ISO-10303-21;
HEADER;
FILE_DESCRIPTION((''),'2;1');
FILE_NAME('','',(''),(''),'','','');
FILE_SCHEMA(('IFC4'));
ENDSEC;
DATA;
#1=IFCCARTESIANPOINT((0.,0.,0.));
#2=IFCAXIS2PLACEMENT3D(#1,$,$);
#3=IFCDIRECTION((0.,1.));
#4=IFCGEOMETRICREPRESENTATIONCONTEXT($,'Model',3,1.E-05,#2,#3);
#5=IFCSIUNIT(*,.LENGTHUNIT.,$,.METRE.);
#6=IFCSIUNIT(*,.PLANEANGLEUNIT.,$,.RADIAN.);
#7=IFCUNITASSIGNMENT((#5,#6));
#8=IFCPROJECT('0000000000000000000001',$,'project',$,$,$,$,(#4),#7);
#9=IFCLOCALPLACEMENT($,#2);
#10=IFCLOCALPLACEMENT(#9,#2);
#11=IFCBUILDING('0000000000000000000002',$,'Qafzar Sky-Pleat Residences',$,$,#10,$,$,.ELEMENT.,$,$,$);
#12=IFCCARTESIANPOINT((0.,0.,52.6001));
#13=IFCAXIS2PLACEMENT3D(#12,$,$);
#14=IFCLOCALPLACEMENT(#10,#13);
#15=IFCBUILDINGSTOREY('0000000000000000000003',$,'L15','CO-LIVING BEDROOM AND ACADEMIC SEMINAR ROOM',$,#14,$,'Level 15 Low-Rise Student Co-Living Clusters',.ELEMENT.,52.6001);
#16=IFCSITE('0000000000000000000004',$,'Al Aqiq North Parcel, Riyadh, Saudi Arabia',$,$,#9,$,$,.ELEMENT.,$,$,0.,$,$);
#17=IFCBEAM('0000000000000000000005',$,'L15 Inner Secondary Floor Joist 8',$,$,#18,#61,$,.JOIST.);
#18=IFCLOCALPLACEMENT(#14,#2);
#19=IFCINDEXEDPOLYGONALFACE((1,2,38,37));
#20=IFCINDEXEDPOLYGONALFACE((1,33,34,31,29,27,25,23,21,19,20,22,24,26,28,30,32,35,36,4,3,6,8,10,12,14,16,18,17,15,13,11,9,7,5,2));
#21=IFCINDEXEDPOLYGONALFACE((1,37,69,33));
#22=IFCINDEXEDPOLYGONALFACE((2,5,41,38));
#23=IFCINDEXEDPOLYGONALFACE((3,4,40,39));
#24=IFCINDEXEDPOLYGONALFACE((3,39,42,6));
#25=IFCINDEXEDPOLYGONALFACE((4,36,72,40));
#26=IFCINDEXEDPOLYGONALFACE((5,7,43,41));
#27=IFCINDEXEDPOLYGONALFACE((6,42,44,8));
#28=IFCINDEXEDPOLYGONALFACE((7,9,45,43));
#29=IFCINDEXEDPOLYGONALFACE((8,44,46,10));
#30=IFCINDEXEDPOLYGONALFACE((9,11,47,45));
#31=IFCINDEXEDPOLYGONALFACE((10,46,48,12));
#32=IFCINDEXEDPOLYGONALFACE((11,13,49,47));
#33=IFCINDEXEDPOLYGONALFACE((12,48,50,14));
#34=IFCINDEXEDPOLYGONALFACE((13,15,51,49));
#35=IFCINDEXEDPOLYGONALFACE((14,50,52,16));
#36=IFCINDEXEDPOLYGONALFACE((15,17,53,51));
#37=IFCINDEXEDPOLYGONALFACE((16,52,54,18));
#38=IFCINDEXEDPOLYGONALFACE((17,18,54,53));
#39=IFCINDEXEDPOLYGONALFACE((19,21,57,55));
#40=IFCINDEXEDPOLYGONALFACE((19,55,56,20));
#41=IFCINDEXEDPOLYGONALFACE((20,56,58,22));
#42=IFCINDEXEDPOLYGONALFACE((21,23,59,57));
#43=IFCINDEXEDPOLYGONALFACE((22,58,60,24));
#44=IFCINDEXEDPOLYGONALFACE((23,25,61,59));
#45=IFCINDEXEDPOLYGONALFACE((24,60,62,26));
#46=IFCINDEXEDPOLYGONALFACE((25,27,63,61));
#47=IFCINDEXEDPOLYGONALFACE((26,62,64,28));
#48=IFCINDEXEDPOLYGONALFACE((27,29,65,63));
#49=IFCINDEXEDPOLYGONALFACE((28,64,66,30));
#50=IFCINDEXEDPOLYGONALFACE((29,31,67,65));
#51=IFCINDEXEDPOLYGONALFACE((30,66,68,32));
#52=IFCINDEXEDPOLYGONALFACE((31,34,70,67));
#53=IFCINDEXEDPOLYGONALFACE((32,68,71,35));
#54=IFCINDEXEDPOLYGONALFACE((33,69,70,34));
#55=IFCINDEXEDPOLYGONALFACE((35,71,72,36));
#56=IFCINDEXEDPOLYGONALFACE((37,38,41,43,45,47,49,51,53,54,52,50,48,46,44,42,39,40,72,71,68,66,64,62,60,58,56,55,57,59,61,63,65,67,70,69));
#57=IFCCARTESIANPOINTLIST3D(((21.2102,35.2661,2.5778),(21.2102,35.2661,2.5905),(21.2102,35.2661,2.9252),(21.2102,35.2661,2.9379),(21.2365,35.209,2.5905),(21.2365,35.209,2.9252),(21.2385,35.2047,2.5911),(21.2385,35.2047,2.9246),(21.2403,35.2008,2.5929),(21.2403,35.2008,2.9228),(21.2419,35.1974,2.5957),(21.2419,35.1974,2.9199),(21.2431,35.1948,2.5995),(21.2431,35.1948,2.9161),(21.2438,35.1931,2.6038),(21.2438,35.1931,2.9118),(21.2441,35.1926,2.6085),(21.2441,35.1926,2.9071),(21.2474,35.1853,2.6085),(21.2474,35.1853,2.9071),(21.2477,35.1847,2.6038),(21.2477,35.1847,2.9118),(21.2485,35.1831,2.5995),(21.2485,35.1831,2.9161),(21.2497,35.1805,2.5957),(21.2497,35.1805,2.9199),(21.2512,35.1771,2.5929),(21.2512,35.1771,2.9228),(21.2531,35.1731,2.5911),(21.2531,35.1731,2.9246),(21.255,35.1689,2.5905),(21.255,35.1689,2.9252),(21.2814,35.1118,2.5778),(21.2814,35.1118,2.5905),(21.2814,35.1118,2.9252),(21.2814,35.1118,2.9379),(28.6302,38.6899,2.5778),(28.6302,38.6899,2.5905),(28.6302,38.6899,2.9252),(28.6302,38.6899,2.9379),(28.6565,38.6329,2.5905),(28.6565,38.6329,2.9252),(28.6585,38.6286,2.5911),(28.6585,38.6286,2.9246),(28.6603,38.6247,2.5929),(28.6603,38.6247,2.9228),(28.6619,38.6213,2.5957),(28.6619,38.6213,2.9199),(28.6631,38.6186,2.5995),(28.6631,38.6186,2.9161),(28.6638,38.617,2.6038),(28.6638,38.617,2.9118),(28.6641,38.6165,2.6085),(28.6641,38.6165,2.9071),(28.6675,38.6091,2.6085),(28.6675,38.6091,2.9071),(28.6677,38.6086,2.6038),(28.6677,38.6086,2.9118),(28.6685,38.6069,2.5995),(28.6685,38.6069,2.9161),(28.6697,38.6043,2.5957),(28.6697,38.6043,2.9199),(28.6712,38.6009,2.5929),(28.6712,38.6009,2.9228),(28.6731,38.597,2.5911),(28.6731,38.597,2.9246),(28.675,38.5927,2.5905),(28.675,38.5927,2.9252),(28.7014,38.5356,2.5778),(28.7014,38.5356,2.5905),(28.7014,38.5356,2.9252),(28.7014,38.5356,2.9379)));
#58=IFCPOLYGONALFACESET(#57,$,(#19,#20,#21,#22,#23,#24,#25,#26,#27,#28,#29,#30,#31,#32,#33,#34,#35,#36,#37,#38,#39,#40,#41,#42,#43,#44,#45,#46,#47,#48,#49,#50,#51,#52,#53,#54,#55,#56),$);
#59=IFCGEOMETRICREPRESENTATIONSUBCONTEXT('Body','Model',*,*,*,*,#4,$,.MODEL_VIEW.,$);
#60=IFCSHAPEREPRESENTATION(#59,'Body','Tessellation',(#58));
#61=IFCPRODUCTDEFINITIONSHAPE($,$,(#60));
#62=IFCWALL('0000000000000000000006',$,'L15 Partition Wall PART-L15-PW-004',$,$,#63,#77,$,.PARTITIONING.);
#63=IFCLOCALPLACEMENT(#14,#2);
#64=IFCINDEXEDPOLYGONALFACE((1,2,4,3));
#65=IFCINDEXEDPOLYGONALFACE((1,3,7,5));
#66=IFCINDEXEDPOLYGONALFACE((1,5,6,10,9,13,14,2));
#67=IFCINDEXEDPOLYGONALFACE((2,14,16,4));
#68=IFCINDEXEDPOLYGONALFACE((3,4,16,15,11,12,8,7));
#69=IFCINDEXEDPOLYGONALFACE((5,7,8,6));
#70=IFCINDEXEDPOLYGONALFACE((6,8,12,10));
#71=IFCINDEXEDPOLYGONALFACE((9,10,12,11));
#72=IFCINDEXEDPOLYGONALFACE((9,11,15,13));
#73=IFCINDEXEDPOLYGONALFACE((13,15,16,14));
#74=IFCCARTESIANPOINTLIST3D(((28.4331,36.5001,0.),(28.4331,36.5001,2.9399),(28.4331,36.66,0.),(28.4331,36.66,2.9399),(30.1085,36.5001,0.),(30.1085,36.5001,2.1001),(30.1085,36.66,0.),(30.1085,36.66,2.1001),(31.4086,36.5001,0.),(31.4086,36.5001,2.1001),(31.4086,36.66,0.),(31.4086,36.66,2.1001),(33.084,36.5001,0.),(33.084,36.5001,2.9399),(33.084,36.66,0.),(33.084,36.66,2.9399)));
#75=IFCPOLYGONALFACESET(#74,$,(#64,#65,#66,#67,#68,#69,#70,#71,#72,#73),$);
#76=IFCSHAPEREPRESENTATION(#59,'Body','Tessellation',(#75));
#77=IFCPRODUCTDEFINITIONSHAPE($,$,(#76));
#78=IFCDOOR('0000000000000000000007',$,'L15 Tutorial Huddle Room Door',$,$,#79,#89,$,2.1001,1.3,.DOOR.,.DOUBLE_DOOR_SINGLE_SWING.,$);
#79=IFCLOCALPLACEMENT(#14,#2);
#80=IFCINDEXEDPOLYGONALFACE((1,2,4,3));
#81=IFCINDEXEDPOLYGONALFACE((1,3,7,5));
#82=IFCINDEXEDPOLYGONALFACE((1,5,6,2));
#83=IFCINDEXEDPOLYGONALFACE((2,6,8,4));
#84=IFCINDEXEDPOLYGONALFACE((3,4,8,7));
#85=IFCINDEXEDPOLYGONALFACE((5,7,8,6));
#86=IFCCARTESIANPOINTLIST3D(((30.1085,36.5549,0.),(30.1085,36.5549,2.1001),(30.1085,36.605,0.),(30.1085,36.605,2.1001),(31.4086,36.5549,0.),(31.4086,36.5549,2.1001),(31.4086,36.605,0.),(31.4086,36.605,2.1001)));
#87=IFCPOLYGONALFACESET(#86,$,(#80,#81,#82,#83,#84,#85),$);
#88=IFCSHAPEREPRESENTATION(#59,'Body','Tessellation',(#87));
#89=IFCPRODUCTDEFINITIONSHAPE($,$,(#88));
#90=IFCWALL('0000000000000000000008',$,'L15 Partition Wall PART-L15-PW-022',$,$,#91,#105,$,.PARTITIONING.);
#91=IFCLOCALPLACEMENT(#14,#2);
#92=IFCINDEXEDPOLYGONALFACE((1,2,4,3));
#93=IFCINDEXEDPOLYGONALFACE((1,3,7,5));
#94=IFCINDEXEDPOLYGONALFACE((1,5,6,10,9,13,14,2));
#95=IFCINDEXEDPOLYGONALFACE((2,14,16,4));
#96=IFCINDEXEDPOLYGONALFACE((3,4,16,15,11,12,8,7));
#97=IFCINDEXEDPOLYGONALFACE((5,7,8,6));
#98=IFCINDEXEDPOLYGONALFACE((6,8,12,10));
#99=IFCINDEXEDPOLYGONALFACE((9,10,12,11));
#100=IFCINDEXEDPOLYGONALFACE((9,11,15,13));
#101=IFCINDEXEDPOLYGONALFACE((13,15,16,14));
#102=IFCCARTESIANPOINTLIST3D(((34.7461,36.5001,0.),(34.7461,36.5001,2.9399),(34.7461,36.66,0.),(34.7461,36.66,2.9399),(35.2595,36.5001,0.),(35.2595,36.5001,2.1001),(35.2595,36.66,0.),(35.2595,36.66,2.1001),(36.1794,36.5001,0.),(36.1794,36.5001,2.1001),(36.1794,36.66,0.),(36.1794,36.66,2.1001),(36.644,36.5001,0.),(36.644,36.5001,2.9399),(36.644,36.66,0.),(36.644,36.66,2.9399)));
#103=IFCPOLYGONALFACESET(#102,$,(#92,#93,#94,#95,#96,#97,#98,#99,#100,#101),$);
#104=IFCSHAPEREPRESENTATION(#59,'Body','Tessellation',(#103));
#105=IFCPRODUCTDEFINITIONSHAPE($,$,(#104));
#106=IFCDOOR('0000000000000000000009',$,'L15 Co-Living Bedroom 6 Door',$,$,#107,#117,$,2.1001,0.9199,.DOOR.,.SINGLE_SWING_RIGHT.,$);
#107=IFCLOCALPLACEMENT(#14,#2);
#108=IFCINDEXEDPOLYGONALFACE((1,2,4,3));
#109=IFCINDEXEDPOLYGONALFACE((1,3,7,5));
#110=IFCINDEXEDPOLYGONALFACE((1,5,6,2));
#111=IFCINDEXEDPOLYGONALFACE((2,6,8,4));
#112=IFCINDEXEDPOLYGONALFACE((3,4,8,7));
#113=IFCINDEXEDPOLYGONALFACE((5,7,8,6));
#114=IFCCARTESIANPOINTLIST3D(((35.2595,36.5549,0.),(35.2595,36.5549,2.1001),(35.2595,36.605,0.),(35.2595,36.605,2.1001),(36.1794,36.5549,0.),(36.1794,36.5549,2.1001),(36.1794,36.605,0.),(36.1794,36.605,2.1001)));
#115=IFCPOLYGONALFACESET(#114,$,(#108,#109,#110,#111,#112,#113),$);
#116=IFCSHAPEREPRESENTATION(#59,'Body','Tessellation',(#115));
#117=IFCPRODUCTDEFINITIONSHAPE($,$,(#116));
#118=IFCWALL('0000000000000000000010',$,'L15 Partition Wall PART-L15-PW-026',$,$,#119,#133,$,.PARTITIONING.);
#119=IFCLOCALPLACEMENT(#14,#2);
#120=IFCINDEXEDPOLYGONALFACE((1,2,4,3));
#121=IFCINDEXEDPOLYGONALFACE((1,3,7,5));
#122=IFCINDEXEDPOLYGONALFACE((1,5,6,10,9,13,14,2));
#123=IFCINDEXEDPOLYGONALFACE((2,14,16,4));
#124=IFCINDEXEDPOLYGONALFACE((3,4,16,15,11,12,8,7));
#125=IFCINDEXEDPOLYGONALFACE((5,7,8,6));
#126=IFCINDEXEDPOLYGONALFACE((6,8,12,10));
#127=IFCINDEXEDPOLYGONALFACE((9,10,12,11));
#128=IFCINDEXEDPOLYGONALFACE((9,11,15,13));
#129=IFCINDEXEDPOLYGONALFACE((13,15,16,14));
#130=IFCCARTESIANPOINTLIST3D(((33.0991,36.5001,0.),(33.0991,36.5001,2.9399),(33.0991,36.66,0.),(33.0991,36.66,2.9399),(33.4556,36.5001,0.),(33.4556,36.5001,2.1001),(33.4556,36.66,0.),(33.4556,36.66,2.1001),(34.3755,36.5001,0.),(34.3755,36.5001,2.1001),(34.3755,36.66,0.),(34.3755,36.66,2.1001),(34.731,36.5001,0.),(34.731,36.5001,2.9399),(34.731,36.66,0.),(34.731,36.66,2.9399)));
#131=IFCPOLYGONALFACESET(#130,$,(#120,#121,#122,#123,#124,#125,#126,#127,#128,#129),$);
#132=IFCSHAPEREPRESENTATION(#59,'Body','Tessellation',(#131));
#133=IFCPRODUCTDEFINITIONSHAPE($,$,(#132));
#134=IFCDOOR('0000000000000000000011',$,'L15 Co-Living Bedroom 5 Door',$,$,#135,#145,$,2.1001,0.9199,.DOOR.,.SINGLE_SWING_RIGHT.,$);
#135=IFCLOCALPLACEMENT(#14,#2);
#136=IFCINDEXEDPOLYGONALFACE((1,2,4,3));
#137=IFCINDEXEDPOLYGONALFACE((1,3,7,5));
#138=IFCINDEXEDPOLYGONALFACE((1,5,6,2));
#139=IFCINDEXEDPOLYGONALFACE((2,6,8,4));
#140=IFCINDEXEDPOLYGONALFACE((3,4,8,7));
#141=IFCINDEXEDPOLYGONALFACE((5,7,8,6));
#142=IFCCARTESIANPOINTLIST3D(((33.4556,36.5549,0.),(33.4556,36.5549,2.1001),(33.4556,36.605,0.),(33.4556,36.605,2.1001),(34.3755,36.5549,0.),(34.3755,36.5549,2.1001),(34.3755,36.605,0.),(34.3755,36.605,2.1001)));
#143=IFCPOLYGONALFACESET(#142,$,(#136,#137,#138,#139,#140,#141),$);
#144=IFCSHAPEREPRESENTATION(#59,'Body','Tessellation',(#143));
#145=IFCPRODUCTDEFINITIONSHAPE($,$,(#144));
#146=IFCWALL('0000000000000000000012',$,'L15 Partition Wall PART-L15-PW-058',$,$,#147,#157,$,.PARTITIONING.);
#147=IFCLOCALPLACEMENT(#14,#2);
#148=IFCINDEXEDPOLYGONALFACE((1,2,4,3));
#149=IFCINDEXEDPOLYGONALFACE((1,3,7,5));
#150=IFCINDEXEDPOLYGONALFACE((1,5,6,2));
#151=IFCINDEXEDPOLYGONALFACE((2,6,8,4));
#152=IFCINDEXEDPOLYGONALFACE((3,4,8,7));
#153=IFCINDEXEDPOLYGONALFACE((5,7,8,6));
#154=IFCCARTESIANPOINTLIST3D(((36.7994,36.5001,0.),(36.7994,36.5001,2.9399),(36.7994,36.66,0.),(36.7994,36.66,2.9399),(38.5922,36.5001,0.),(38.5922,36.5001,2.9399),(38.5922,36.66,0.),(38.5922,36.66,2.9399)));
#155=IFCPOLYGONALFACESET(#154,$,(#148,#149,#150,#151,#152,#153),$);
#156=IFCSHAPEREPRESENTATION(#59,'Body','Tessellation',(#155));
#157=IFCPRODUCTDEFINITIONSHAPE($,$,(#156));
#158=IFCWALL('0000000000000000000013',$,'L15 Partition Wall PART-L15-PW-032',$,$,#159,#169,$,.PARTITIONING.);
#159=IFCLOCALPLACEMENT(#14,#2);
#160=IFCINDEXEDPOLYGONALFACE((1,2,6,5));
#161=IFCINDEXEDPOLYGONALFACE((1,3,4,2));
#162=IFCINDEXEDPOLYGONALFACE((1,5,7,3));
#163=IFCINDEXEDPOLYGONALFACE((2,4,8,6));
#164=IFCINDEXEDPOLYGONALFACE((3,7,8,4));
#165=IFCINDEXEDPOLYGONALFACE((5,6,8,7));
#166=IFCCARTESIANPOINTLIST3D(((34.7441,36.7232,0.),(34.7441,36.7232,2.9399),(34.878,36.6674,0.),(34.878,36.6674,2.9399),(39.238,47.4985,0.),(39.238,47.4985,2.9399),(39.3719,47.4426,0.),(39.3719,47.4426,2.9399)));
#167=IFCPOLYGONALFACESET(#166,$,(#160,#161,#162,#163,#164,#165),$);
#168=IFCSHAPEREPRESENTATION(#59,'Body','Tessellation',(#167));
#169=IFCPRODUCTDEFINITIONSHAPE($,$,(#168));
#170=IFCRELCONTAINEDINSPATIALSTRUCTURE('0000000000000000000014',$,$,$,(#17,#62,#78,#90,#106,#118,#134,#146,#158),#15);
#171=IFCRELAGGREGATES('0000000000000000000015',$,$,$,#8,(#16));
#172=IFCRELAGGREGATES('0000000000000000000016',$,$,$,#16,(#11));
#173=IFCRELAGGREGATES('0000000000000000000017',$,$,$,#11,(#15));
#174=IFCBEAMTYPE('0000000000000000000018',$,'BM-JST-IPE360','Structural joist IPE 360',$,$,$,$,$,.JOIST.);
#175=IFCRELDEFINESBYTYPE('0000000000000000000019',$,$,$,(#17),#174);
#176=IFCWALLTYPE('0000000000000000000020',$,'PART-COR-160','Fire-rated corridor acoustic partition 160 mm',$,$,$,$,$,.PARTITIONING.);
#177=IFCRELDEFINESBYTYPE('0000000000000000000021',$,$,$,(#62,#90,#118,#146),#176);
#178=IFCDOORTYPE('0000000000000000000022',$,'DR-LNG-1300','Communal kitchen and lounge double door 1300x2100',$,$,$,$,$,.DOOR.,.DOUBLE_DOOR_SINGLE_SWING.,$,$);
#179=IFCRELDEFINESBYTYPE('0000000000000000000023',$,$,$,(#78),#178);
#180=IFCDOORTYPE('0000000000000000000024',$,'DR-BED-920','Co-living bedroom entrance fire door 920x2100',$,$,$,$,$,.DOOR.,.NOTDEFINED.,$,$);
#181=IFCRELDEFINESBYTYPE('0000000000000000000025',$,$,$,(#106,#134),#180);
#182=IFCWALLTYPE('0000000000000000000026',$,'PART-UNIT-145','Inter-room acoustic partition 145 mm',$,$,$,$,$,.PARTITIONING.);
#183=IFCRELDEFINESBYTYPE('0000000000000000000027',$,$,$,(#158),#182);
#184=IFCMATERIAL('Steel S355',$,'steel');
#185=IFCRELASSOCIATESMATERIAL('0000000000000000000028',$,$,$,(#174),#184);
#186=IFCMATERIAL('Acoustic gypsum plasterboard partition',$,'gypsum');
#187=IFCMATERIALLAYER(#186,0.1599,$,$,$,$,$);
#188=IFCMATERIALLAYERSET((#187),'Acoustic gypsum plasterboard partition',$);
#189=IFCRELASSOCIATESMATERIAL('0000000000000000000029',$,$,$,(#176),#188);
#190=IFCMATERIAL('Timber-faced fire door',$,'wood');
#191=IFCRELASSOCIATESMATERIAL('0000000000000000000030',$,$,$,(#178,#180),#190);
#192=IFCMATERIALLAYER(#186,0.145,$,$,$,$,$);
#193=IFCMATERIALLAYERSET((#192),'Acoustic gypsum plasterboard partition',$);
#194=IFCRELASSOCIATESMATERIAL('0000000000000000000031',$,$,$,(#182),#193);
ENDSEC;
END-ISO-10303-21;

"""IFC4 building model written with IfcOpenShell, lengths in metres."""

from ifc_helpers import new_model, si_unit, direction, frame, frame_2d, origin, origin_2d, place, context, subcontext, project, spatial, rectangle, i_section, extrude, source, transform, mapped, material, layer, layer_set, material_profile, profile_set, type_object, element, fill, save


model = new_model("IFC4")

# Units and contexts
model_context = context("Model", 3, precision=1e-05, world=origin(), true_north=direction((0.0, 1.0)))
body_context = subcontext(model_context, "Body", "Model", "MODEL_VIEW")
ifc_project = project(units=[si_unit("LENGTHUNIT", "METRE"), si_unit("PLANEANGLEUNIT", "RADIAN")], contexts=[model_context])

# Site, building, storey
site_placement = place(None, origin())
site = spatial("IfcSite", under=ifc_project, at=site_placement, Name="Al Aqiq North Parcel, Riyadh, Saudi Arabia", CompositionType="ELEMENT", RefElevation=0.0)
building_placement = place(site_placement, origin())
building = spatial("IfcBuilding", under=site, at=building_placement, Name="Qafzar Sky-Pleat Residences", CompositionType="ELEMENT")
storey_placement = place(building_placement, frame((0.0, 0.0, 52.6001)))
storey = spatial("IfcBuildingStorey", under=building, at=storey_placement, Name="L15", Description="CO-LIVING BEDROOM AND ACADEMIC SEMINAR ROOM", LongName="Level 15 Low-Rise Student Co-Living Clusters", CompositionType="ELEMENT", Elevation=52.6001)

# Beam
ifc_material_1 = material(Name="Steel S355", Category="steel")
ifc_material_profile_1 = material_profile(ifc_material_1, i_section(OverallWidth=0.1699, OverallDepth=0.3601, WebThickness=0.0081, FlangeThickness=0.0127, FilletRadius=0.0181, at=origin_2d()), Name="IPE 360")
ifc_profile_set_1 = profile_set([ifc_material_profile_1], Name="Steel S355")
beam_type_1 = type_object("IfcBeamType", Name="BM-JST-IPE360", Description="Structural joist IPE 360", PredefinedType="JOIST", material=ifc_profile_set_1)
shared_shape_1 = source(origin(), body_context, "Body", "SweptSolid", [
    extrude(i_section(OverallWidth=0.1699, OverallDepth=0.3601, WebThickness=0.0081, FlangeThickness=0.0127, FilletRadius=0.0181, at=origin_2d()), origin(), (0.0, 0.0, 1.0), 8.1719),
])
beam_1_placement = place(storey_placement, frame((28.6658, 38.6128, 2.7578), z_axis=(-0.907994, -0.418982, 0.0), x_axis=(0.418982, -0.907994, 0.0)))
element("IfcBeam", 1, at=beam_1_placement, inside=storey, type_object=beam_type_1, Name="L15 Inner Secondary Floor Joist 8", PredefinedType="JOIST", context=body_context, shape_type="MappedRepresentation", body=[
    mapped(shared_shape_1, transform((0.0, 0.0, 0.0), x_axis=(1.0, 0.0, 0.0), y_axis=(0.0, 1.0, 0.0), z_axis=(0.0, 0.0, 1.0), scale=1.0)),
])

# Walls, openings, doors
ifc_material_2 = material(Name="Acoustic gypsum plasterboard partition", Category="gypsum")
ifc_layer_1 = layer(ifc_material_2, 0.1599)
ifc_layer_set_1 = layer_set([ifc_layer_1], Name="Acoustic gypsum plasterboard partition")
wall_type_1 = type_object("IfcWallType", Name="PART-COR-160", Description="Fire-rated corridor acoustic partition 160 mm", PredefinedType="PARTITIONING", material=ifc_layer_set_1)
wall_1_placement = place(storey_placement, frame((28.4331, 36.5801, 0.0), z_axis=(0.0, 0.0, 1.0), x_axis=(1.0, 0.0, 0.0)))
wall_1 = element("IfcWall", 2, at=wall_1_placement, inside=storey, type_object=wall_type_1, Name="L15 Partition Wall PART-L15-PW-004", PredefinedType="PARTITIONING", context=body_context, shape_type="SweptSolid", body=[
    extrude(rectangle(XDim=4.6509, YDim=0.1599, at=frame_2d((2.3254, 0.0))), origin(), (0.0, 0.0, 1.0), 2.9399),
])
opening_1_placement = place(wall_1_placement, frame((1.6755, 0.0, 0.0)))
opening_1 = element("IfcOpeningElement", 3, at=opening_1_placement, cuts=wall_1, PredefinedType="OPENING", context=body_context, shape_type="SweptSolid", body=[
    extrude(rectangle(XDim=1.3, YDim=2.1001, at=frame_2d((0.6499, 1.05))), frame((0.0, 0.0898, 0.0), z_axis=(0.0, -1.0, 0.0), x_axis=(1.0, 0.0, 0.0)), (0.0, 0.0, 1.0), 0.1799),
])
ifc_material_3 = material(Name="Timber-faced fire door", Category="wood")
door_type_1 = type_object("IfcDoorType", Name="DR-LNG-1300", Description="Communal kitchen and lounge double door 1300x2100", OperationType="DOUBLE_DOOR_SINGLE_SWING", PredefinedType="DOOR", material=ifc_material_3)
shared_shape_2 = source(origin(), body_context, "Body", "SweptSolid", [
    extrude(rectangle(XDim=1.3, YDim=2.1001, at=frame_2d((0.6499, 1.05))), frame((0.0, 0.0249, 0.0), z_axis=(0.0, -1.0, 0.0), x_axis=(1.0, 0.0, 0.0)), (0.0, 0.0, 1.0), 0.05),
])
door_1_placement = place(opening_1_placement, origin())
door_1 = element("IfcDoor", 4, at=door_1_placement, inside=storey, type_object=door_type_1, Name="L15 Tutorial Huddle Room Door", OperationType="DOUBLE_DOOR_SINGLE_SWING", OverallHeight=2.1001, OverallWidth=1.3, PredefinedType="DOOR", context=body_context, shape_type="MappedRepresentation", body=[
    mapped(shared_shape_2, transform((0.0, 0.0, 0.0), x_axis=(1.0, 0.0, 0.0), y_axis=(0.0, 1.0, 0.0), z_axis=(0.0, 0.0, 1.0), scale=1.0)),
])
fill(opening_1, door_1)
wall_2_placement = place(storey_placement, frame((34.7461, 36.5801, 0.0), z_axis=(0.0, 0.0, 1.0), x_axis=(1.0, 0.0, 0.0)))
wall_2 = element("IfcWall", 5, at=wall_2_placement, inside=storey, type_object=wall_type_1, Name="L15 Partition Wall PART-L15-PW-022", PredefinedType="PARTITIONING", context=body_context, shape_type="SweptSolid", body=[
    extrude(rectangle(XDim=1.8979, YDim=0.1599, at=frame_2d((0.949, 0.0))), origin(), (0.0, 0.0, 1.0), 2.9399),
])
opening_2_placement = place(wall_2_placement, frame((0.5134, 0.0, 0.0)))
opening_2 = element("IfcOpeningElement", 6, at=opening_2_placement, cuts=wall_2, PredefinedType="OPENING", context=body_context, shape_type="SweptSolid", body=[
    extrude(rectangle(XDim=0.9199, YDim=2.1001, at=frame_2d((0.46, 1.05))), frame((0.0, 0.0898, 0.0), z_axis=(0.0, -1.0, 0.0), x_axis=(1.0, 0.0, 0.0)), (0.0, 0.0, 1.0), 0.1799),
])
door_type_2 = type_object("IfcDoorType", Name="DR-BED-920", Description="Co-living bedroom entrance fire door 920x2100", OperationType="NOTDEFINED", PredefinedType="DOOR", material=ifc_material_3)
shared_shape_3 = source(origin(), body_context, "Body", "SweptSolid", [
    extrude(rectangle(XDim=0.9199, YDim=2.1001, at=frame_2d((0.46, 1.05))), frame((0.0, 0.0249, 0.0), z_axis=(0.0, -1.0, 0.0), x_axis=(1.0, 0.0, 0.0)), (0.0, 0.0, 1.0), 0.05),
])
door_2_placement = place(opening_2_placement, origin())
door_2 = element("IfcDoor", 7, at=door_2_placement, inside=storey, type_object=door_type_2, Name="L15 Co-Living Bedroom 6 Door", OperationType="SINGLE_SWING_RIGHT", OverallHeight=2.1001, OverallWidth=0.9199, PredefinedType="DOOR", context=body_context, shape_type="MappedRepresentation", body=[
    mapped(shared_shape_3, transform((0.0, 0.0, 0.0), x_axis=(1.0, 0.0, 0.0), y_axis=(0.0, 1.0, 0.0), z_axis=(0.0, 0.0, 1.0), scale=1.0)),
])
fill(opening_2, door_2)
wall_3_placement = place(storey_placement, frame((33.0991, 36.5801, 0.0), z_axis=(0.0, 0.0, 1.0), x_axis=(1.0, 0.0, 0.0)))
wall_3 = element("IfcWall", 8, at=wall_3_placement, inside=storey, type_object=wall_type_1, Name="L15 Partition Wall PART-L15-PW-026", PredefinedType="PARTITIONING", context=body_context, shape_type="SweptSolid", body=[
    extrude(rectangle(XDim=1.6318, YDim=0.1599, at=frame_2d((0.8159, 0.0))), origin(), (0.0, 0.0, 1.0), 2.9399),
])
opening_3_placement = place(wall_3_placement, frame((0.3564, 0.0, 0.0)))
opening_3 = element("IfcOpeningElement", 9, at=opening_3_placement, cuts=wall_3, PredefinedType="OPENING", context=body_context, shape_type="SweptSolid", body=[
    extrude(rectangle(XDim=0.9199, YDim=2.1001, at=frame_2d((0.46, 1.05))), frame((0.0, 0.0898, 0.0), z_axis=(0.0, -1.0, 0.0), x_axis=(1.0, 0.0, 0.0)), (0.0, 0.0, 1.0), 0.1799),
])
door_3_placement = place(opening_3_placement, origin())
door_3 = element("IfcDoor", 10, at=door_3_placement, inside=storey, type_object=door_type_2, Name="L15 Co-Living Bedroom 5 Door", OperationType="SINGLE_SWING_RIGHT", OverallHeight=2.1001, OverallWidth=0.9199, PredefinedType="DOOR", context=body_context, shape_type="MappedRepresentation", body=[
    mapped(shared_shape_3, transform((0.0, 0.0, 0.0), x_axis=(1.0, 0.0, 0.0), y_axis=(0.0, 1.0, 0.0), z_axis=(0.0, 0.0, 1.0), scale=1.0)),
])
fill(opening_3, door_3)

# Walls
wall_4_placement = place(storey_placement, frame((36.7993, 36.5801, 0.0), z_axis=(0.0, 0.0, 1.0), x_axis=(1.0, 0.0, 0.0)))
element("IfcWall", 11, at=wall_4_placement, inside=storey, type_object=wall_type_1, Name="L15 Partition Wall PART-L15-PW-058", PredefinedType="PARTITIONING", context=body_context, shape_type="SweptSolid", body=[
    extrude(rectangle(XDim=1.7927, YDim=0.1599, at=frame_2d((0.8965, 0.0))), origin(), (0.0, 0.0, 1.0), 2.9399),
])
ifc_layer_2 = layer(ifc_material_2, 0.145)
ifc_layer_set_2 = layer_set([ifc_layer_2], Name="Acoustic gypsum plasterboard partition")
wall_type_2 = type_object("IfcWallType", Name="PART-UNIT-145", Description="Inter-room acoustic partition 145 mm", PredefinedType="PARTITIONING", material=ifc_layer_set_2)
wall_5_placement = place(storey_placement, frame((34.811, 36.6953, 0.0), z_axis=(0.0, 0.0, 1.0), x_axis=(0.384926, 0.922948, 0.0)))
element("IfcWall", 12, at=wall_5_placement, inside=storey, type_object=wall_type_2, Name="L15 Partition Wall PART-L15-PW-032", PredefinedType="PARTITIONING", context=body_context, shape_type="SweptSolid", body=[
    extrude(rectangle(XDim=11.6748, YDim=0.145, at=frame_2d((5.8374, 0.0))), origin(), (0.0, 0.0, 1.0), 2.9399),
])

save(model, "model.ifc")
